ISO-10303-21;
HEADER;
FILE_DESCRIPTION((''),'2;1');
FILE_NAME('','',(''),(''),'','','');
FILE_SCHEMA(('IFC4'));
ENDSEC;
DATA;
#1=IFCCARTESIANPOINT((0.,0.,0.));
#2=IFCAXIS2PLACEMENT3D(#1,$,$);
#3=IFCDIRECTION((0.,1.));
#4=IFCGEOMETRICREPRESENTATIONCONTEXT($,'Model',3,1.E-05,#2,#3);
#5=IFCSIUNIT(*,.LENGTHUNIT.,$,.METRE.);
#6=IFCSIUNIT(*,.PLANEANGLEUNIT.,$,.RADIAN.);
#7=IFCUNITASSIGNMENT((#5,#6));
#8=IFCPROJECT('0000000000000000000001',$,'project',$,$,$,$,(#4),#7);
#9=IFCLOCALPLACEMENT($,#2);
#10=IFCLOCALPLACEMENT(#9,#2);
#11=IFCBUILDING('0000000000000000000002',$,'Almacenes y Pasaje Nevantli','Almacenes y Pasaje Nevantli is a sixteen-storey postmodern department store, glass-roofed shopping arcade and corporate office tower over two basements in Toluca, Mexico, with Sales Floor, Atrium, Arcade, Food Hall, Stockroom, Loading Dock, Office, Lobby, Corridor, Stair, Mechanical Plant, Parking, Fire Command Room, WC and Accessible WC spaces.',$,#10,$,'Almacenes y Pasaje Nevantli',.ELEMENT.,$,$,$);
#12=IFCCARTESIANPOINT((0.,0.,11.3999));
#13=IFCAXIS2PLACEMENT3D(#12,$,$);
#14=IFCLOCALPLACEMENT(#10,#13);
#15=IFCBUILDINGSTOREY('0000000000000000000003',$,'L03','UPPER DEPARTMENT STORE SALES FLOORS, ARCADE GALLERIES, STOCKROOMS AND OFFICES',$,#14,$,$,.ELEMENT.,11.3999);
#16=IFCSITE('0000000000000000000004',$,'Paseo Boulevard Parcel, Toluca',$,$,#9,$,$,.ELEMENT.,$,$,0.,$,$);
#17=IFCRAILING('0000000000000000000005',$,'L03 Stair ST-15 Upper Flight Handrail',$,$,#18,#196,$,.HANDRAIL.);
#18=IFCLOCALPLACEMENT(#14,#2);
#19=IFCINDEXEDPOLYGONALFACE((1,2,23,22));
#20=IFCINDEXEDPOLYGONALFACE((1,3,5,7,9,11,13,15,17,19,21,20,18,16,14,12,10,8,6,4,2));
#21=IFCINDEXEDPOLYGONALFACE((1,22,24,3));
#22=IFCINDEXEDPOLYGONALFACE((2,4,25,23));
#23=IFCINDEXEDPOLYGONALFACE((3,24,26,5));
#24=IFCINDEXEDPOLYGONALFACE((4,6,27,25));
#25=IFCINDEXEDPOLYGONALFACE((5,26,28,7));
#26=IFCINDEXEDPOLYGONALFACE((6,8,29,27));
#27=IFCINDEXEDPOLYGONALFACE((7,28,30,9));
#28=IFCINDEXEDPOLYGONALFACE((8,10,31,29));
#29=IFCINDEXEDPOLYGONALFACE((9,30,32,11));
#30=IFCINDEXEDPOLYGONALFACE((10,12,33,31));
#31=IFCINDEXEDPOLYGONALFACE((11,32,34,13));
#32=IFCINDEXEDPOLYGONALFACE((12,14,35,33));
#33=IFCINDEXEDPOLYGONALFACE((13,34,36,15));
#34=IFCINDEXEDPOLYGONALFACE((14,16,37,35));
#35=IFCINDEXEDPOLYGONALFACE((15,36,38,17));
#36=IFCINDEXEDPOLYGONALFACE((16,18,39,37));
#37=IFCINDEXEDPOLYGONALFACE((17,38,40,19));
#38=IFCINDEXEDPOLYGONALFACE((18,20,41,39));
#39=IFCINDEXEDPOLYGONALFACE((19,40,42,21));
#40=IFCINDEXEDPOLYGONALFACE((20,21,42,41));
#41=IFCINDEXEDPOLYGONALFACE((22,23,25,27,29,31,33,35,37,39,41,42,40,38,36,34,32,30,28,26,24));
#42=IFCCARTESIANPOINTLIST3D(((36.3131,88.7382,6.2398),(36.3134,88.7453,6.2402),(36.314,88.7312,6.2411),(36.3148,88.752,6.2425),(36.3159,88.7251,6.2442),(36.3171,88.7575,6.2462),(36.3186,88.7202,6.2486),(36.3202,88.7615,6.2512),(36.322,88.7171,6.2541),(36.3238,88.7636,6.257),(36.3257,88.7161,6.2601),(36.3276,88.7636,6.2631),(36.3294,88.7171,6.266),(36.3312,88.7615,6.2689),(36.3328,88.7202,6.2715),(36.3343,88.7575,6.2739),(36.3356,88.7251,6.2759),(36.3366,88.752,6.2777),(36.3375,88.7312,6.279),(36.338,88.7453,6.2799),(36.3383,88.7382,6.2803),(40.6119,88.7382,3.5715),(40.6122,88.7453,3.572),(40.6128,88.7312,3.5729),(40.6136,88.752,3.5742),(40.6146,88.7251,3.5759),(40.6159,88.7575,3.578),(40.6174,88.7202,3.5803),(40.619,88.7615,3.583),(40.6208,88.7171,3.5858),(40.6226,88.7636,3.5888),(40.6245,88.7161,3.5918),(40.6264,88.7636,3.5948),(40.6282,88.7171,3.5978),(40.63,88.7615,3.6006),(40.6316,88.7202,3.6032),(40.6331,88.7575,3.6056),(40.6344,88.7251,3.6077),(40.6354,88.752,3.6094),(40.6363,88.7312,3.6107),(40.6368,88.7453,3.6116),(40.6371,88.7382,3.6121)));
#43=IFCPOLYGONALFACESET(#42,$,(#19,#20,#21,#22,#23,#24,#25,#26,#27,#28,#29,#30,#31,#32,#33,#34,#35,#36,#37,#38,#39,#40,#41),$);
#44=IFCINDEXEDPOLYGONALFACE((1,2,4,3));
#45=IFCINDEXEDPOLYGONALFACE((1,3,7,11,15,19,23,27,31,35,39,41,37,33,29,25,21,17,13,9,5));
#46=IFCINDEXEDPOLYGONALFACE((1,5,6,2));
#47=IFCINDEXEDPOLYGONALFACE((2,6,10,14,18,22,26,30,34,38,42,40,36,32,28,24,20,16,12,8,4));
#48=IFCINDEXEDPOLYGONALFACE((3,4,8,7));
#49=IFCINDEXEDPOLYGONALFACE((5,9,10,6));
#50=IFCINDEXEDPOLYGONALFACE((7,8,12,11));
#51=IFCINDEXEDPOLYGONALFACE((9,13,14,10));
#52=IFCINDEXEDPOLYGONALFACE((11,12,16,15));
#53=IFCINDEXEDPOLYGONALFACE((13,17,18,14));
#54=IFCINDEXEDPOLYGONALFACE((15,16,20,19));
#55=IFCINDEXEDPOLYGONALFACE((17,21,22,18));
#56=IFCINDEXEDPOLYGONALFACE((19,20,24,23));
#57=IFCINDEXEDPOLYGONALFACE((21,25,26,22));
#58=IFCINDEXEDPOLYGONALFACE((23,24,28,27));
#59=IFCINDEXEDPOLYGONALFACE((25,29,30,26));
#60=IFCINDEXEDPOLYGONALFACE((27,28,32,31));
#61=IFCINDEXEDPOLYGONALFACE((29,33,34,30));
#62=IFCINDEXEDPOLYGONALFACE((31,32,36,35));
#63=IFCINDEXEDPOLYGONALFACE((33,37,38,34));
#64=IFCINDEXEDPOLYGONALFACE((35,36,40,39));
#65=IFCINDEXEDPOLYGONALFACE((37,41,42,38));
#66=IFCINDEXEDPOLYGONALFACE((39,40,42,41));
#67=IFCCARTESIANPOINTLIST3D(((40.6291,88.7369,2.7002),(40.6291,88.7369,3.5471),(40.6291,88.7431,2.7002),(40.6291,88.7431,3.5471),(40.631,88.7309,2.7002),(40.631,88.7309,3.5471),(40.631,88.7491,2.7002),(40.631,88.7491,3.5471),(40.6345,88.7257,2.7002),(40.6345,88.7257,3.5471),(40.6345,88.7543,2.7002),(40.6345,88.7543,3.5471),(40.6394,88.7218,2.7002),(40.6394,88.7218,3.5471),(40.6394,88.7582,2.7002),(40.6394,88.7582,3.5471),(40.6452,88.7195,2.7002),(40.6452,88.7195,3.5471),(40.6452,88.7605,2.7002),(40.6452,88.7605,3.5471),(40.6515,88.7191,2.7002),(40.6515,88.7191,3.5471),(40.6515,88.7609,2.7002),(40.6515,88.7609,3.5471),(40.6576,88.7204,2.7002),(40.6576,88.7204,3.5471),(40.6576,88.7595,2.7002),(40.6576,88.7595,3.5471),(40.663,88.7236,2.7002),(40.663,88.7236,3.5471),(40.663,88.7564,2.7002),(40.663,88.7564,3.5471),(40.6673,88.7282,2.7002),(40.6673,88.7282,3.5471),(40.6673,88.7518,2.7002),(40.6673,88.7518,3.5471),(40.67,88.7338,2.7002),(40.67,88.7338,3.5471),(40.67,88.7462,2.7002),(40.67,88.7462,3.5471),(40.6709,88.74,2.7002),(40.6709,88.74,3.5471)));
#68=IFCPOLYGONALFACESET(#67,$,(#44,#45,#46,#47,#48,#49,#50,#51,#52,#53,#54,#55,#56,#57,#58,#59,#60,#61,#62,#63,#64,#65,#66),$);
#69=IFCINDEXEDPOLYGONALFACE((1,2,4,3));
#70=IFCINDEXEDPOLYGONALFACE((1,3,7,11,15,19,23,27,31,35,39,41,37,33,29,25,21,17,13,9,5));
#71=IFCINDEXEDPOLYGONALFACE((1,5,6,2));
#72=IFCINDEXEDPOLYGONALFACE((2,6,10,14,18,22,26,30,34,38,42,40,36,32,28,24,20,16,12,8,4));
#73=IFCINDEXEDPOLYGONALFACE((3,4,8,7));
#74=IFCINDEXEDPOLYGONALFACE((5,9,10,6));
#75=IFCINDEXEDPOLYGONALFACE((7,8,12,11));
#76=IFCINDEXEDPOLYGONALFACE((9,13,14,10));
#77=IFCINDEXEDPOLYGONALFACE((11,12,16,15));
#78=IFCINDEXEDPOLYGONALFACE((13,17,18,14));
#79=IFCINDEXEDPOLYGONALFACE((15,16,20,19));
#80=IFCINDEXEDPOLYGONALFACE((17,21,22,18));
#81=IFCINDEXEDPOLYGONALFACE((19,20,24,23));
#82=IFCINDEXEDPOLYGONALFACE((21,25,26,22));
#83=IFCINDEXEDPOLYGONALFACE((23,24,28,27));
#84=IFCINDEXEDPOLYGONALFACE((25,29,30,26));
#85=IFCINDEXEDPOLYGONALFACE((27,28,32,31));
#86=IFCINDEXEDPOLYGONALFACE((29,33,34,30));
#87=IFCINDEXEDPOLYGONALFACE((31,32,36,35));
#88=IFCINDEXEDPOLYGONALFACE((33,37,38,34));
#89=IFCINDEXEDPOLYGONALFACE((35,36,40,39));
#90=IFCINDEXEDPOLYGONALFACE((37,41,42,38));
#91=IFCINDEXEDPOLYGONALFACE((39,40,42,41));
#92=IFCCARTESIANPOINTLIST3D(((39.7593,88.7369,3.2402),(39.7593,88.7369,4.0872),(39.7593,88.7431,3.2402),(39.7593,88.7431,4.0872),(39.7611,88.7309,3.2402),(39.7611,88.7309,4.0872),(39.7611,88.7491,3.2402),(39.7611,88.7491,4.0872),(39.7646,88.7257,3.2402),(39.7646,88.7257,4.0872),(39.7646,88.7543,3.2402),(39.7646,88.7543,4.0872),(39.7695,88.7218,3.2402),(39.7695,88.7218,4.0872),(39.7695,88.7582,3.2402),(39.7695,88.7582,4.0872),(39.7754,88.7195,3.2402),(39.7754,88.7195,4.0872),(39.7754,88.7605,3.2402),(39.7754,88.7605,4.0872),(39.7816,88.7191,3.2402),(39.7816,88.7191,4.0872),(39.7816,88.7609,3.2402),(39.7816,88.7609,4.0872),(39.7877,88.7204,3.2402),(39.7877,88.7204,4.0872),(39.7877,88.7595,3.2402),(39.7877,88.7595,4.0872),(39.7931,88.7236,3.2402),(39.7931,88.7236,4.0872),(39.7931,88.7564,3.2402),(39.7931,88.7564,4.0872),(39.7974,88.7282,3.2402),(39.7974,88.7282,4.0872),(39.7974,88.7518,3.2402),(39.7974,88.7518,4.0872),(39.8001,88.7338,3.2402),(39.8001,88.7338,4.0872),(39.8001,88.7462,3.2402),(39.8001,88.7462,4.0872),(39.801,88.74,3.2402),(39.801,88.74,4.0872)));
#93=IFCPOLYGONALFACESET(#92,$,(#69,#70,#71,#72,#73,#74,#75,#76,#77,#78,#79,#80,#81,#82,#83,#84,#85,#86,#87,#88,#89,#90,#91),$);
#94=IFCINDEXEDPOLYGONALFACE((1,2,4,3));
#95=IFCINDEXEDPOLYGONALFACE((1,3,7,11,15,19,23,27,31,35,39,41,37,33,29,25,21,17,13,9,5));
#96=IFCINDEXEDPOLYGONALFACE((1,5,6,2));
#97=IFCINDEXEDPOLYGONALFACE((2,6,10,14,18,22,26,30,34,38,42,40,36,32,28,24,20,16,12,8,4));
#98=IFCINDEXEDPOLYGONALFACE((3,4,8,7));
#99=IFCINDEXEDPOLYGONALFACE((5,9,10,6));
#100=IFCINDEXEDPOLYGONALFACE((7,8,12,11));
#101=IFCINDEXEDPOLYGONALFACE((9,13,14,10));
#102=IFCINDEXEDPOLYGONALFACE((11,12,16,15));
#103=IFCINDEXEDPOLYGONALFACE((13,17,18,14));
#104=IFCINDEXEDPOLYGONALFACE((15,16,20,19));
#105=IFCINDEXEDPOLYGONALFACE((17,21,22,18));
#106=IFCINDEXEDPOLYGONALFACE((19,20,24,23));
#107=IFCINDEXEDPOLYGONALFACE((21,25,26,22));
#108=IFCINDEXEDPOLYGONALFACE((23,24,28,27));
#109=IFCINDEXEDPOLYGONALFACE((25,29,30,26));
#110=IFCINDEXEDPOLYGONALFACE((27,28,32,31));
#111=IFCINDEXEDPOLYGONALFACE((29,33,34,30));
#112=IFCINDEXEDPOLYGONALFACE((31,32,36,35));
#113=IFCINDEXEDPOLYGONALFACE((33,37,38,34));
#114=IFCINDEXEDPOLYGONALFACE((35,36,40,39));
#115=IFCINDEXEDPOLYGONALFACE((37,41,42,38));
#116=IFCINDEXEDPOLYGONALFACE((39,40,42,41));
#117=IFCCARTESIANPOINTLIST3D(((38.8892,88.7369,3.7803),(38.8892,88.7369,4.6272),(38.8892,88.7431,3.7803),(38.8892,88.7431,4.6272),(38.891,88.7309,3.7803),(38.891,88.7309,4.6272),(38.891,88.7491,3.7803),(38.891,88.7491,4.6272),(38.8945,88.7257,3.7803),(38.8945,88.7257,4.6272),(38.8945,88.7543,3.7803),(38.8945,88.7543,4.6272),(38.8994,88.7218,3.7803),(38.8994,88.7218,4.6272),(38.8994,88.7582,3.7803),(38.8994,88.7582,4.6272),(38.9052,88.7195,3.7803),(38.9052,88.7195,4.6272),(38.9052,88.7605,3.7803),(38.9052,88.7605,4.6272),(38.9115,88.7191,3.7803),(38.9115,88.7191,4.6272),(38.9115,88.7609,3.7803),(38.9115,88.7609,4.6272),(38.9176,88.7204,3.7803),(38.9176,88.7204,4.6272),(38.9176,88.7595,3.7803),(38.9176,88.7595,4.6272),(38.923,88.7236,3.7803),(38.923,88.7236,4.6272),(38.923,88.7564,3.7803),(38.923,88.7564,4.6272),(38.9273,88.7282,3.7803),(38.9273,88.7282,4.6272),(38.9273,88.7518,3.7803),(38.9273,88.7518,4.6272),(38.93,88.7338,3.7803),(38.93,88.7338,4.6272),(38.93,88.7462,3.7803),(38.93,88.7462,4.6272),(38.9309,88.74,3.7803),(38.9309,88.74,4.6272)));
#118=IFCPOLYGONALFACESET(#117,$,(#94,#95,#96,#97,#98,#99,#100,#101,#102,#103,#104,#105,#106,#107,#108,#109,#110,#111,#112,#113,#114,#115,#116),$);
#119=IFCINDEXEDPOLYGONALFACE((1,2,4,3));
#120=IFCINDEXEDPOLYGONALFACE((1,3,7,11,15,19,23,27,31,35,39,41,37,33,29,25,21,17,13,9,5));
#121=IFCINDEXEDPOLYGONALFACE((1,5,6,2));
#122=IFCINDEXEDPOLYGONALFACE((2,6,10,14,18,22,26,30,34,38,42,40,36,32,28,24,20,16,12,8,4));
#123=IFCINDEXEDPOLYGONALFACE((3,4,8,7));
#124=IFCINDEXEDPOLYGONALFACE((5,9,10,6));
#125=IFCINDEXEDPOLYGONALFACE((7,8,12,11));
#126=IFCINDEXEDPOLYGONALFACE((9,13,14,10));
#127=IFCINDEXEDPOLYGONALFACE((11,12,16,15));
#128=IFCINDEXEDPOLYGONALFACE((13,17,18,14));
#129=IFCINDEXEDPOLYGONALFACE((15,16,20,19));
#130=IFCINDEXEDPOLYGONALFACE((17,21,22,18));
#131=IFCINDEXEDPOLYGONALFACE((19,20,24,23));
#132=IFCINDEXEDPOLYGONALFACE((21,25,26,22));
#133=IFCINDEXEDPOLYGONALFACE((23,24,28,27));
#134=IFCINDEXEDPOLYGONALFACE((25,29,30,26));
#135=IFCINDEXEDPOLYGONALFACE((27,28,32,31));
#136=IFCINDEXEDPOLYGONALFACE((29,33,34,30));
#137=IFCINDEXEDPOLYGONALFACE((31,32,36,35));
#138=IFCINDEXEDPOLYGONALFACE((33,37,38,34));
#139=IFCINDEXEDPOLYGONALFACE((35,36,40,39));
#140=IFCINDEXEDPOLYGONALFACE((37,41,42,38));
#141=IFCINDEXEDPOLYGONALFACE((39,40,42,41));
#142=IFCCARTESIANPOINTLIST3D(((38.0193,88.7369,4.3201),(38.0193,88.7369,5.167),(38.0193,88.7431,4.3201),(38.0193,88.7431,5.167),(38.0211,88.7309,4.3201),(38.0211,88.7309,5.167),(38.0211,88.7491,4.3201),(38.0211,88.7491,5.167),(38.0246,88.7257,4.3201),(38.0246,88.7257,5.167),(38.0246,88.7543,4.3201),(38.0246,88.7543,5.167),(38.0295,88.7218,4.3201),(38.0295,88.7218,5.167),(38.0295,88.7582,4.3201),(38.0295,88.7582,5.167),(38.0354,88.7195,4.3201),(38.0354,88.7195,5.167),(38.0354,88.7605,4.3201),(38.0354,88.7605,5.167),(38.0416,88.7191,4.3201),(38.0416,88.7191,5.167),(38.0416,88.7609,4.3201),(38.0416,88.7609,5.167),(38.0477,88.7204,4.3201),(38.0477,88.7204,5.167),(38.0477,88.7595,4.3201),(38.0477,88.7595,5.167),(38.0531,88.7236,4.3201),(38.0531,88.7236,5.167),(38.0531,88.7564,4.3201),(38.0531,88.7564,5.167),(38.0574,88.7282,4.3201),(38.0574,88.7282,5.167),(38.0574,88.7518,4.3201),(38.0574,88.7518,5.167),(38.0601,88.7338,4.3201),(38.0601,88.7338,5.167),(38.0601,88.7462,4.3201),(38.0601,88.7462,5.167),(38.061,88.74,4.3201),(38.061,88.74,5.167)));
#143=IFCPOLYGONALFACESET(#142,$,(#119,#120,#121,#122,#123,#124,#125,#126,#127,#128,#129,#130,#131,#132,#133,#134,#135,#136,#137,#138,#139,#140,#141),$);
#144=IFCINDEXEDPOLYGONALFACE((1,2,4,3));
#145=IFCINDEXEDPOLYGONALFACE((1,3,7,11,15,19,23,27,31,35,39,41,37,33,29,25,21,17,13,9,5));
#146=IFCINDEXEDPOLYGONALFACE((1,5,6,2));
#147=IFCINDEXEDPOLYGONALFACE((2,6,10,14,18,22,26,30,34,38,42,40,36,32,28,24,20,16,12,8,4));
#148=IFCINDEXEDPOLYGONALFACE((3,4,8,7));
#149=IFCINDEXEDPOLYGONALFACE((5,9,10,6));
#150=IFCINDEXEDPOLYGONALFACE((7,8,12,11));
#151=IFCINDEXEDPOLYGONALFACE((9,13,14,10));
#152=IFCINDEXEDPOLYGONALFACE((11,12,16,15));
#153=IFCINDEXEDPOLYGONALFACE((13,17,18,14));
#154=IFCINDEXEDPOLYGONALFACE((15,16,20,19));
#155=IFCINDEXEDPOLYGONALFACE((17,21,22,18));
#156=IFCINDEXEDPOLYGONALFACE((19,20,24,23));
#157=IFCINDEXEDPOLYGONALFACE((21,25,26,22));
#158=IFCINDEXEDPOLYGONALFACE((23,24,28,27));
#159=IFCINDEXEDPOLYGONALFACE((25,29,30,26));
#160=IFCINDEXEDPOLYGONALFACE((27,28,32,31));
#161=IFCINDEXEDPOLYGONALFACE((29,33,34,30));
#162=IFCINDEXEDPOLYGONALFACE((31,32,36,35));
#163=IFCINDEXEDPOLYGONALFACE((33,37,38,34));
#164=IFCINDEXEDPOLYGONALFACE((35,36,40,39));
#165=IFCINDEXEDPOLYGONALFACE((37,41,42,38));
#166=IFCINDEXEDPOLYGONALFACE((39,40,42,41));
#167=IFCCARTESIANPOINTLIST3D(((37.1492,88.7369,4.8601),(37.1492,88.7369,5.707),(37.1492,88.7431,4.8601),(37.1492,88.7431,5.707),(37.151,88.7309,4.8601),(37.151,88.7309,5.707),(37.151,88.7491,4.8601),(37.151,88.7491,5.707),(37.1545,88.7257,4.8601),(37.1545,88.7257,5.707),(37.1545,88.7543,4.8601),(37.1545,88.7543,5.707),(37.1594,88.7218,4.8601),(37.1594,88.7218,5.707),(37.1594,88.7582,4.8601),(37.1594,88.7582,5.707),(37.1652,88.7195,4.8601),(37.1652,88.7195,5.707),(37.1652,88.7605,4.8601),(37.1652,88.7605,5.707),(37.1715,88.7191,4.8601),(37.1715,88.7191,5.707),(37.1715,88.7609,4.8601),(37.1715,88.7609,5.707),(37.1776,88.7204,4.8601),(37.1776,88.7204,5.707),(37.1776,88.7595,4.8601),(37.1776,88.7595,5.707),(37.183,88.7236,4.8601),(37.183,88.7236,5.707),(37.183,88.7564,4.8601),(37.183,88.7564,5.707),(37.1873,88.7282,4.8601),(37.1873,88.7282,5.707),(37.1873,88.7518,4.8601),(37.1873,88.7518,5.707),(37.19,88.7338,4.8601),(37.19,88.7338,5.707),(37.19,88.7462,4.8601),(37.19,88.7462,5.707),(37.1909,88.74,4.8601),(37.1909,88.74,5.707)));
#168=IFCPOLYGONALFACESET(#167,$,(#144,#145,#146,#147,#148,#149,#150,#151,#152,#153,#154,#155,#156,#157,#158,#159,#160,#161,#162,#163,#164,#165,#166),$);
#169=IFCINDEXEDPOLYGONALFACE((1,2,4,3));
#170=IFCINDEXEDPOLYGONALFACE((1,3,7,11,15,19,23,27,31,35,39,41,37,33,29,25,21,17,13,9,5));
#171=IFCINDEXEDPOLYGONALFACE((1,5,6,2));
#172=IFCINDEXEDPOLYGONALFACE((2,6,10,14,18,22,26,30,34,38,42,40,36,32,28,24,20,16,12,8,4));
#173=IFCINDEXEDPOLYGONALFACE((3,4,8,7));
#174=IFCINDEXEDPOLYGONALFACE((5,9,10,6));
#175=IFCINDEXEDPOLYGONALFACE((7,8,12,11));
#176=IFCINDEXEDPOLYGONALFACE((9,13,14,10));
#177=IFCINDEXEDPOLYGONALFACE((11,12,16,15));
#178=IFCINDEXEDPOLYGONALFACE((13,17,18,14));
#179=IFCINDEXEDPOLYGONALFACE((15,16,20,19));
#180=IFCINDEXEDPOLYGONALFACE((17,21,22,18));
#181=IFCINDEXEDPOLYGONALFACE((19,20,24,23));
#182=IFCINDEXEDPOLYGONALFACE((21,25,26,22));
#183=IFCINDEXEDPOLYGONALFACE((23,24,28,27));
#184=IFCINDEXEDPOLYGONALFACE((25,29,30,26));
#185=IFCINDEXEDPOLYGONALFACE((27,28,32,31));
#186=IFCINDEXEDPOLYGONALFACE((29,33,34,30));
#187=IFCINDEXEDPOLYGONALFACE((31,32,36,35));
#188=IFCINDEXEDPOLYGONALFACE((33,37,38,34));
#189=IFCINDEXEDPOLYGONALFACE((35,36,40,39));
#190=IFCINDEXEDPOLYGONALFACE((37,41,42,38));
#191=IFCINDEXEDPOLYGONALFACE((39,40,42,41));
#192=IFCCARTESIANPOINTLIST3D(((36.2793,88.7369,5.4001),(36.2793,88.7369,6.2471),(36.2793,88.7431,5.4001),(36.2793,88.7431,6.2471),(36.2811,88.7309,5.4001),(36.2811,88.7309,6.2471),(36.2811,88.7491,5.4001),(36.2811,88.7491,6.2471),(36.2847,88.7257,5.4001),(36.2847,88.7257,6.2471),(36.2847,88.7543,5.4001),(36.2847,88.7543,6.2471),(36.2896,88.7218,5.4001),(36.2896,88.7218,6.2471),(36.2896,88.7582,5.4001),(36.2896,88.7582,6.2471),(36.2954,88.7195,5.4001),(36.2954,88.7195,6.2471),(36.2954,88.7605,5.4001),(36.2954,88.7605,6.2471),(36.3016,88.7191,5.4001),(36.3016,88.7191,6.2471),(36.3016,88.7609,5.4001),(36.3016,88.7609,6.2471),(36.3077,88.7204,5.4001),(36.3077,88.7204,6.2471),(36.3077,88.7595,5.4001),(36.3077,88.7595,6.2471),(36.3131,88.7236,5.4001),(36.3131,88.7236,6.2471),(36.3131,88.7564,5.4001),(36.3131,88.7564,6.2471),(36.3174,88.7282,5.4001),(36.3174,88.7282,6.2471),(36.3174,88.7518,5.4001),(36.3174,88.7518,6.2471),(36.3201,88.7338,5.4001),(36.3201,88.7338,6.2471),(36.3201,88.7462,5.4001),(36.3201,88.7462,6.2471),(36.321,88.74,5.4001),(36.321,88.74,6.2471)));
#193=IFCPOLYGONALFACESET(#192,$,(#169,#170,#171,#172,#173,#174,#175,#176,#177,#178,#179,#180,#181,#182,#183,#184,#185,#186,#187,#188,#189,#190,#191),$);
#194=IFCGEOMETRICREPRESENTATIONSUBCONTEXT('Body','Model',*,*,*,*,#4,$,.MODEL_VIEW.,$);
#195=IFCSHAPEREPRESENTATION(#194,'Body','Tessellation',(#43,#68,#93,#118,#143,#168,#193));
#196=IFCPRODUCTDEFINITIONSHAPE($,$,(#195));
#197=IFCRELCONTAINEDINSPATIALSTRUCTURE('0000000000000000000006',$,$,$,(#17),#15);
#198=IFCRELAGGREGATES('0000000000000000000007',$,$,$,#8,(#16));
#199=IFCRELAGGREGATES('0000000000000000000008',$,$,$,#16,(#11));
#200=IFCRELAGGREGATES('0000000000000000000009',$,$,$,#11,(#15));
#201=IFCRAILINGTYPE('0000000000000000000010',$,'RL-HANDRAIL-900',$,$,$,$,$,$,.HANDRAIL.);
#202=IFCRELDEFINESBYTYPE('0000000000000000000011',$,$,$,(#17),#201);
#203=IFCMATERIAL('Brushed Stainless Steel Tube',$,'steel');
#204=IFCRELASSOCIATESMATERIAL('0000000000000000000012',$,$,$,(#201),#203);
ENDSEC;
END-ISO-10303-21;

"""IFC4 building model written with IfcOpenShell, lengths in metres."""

from ifc_helpers import new_model, si_unit, direction, frame, origin, origin_2d, place, context, subcontext, project, spatial, circle, extrude, material, type_object, element, save


model = new_model("IFC4")

# Units and contexts
model_context = context("Model", 3, precision=1e-05, world=origin(), true_north=direction((0.0, 1.0)))
body_context = subcontext(model_context, "Body", "Model", "MODEL_VIEW")
ifc_project = project(units=[si_unit("LENGTHUNIT", "METRE"), si_unit("PLANEANGLEUNIT", "RADIAN")], contexts=[model_context])

# Site, building, storey
site_placement = place(None, origin())
site = spatial("IfcSite", under=ifc_project, at=site_placement, Name="Paseo Boulevard Parcel, Toluca", CompositionType="ELEMENT", RefElevation=0.0)
building_placement = place(site_placement, origin())
building = spatial("IfcBuilding", under=site, at=building_placement, Name="Almacenes y Pasaje Nevantli", Description="Almacenes y Pasaje Nevantli is a sixteen-storey postmodern department store, glass-roofed shopping arcade and corporate office tower over two basements in Toluca, Mexico, with Sales Floor, Atrium, Arcade, Food Hall, Stockroom, Loading Dock, Office, Lobby, Corridor, Stair, Mechanical Plant, Parking, Fire Command Room, WC and Accessible WC spaces.", LongName="Almacenes y Pasaje Nevantli", CompositionType="ELEMENT")
storey_placement = place(building_placement, frame((0.0, 0.0, 11.3999)))
storey = spatial("IfcBuildingStorey", under=building, at=storey_placement, Name="L03", Description="UPPER DEPARTMENT STORE SALES FLOORS, ARCADE GALLERIES, STOCKROOMS AND OFFICES", CompositionType="ELEMENT", Elevation=11.3999)

# Railing
ifc_material_1 = material(Name="Brushed Stainless Steel Tube", Category="steel")
railing_type_1 = type_object("IfcRailingType", Name="RL-HANDRAIL-900", PredefinedType="HANDRAIL", material=ifc_material_1)
railing_1_placement = place(storey_placement, frame((40.6499, 88.74, 2.7002)))
element("IfcRailing", 1, at=railing_1_placement, inside=storey, type_object=railing_type_1, Name="L03 Stair ST-15 Upper Flight Handrail", PredefinedType="HANDRAIL", context=body_context, shape_type="SweptSolid", body=[
    extrude(circle(Radius=0.0239, at=origin_2d()), frame((-0.0254, 0.0, 0.8916), z_axis=(-0.849636, 0.0, 0.527369), x_axis=(0.0, -1.0, 0.0)), (0.0, 0.0, 1.0), 5.0596),
    extrude(circle(Radius=0.021, at=origin_2d()), origin(), (0.0, 0.0, 1.0), 0.8469),
    extrude(circle(Radius=0.021, at=origin_2d()), frame((-0.8699, 0.0, 0.54)), (0.0, 0.0, 1.0), 0.8469),
    extrude(circle(Radius=0.021, at=origin_2d()), frame((-1.74, 0.0, 1.0801)), (0.0, 0.0, 1.0), 0.8469),
    extrude(circle(Radius=0.021, at=origin_2d()), frame((-2.6099, 0.0, 1.6199)), (0.0, 0.0, 1.0), 0.8469),
    extrude(circle(Radius=0.021, at=origin_2d()), frame((-3.48, 0.0, 2.1599)), (0.0, 0.0, 1.0), 0.8469),
    extrude(circle(Radius=0.021, at=origin_2d()), frame((-4.3499, 0.0, 2.7)), (0.0, 0.0, 1.0), 0.8469),
])

save(model, "model.ifc")
